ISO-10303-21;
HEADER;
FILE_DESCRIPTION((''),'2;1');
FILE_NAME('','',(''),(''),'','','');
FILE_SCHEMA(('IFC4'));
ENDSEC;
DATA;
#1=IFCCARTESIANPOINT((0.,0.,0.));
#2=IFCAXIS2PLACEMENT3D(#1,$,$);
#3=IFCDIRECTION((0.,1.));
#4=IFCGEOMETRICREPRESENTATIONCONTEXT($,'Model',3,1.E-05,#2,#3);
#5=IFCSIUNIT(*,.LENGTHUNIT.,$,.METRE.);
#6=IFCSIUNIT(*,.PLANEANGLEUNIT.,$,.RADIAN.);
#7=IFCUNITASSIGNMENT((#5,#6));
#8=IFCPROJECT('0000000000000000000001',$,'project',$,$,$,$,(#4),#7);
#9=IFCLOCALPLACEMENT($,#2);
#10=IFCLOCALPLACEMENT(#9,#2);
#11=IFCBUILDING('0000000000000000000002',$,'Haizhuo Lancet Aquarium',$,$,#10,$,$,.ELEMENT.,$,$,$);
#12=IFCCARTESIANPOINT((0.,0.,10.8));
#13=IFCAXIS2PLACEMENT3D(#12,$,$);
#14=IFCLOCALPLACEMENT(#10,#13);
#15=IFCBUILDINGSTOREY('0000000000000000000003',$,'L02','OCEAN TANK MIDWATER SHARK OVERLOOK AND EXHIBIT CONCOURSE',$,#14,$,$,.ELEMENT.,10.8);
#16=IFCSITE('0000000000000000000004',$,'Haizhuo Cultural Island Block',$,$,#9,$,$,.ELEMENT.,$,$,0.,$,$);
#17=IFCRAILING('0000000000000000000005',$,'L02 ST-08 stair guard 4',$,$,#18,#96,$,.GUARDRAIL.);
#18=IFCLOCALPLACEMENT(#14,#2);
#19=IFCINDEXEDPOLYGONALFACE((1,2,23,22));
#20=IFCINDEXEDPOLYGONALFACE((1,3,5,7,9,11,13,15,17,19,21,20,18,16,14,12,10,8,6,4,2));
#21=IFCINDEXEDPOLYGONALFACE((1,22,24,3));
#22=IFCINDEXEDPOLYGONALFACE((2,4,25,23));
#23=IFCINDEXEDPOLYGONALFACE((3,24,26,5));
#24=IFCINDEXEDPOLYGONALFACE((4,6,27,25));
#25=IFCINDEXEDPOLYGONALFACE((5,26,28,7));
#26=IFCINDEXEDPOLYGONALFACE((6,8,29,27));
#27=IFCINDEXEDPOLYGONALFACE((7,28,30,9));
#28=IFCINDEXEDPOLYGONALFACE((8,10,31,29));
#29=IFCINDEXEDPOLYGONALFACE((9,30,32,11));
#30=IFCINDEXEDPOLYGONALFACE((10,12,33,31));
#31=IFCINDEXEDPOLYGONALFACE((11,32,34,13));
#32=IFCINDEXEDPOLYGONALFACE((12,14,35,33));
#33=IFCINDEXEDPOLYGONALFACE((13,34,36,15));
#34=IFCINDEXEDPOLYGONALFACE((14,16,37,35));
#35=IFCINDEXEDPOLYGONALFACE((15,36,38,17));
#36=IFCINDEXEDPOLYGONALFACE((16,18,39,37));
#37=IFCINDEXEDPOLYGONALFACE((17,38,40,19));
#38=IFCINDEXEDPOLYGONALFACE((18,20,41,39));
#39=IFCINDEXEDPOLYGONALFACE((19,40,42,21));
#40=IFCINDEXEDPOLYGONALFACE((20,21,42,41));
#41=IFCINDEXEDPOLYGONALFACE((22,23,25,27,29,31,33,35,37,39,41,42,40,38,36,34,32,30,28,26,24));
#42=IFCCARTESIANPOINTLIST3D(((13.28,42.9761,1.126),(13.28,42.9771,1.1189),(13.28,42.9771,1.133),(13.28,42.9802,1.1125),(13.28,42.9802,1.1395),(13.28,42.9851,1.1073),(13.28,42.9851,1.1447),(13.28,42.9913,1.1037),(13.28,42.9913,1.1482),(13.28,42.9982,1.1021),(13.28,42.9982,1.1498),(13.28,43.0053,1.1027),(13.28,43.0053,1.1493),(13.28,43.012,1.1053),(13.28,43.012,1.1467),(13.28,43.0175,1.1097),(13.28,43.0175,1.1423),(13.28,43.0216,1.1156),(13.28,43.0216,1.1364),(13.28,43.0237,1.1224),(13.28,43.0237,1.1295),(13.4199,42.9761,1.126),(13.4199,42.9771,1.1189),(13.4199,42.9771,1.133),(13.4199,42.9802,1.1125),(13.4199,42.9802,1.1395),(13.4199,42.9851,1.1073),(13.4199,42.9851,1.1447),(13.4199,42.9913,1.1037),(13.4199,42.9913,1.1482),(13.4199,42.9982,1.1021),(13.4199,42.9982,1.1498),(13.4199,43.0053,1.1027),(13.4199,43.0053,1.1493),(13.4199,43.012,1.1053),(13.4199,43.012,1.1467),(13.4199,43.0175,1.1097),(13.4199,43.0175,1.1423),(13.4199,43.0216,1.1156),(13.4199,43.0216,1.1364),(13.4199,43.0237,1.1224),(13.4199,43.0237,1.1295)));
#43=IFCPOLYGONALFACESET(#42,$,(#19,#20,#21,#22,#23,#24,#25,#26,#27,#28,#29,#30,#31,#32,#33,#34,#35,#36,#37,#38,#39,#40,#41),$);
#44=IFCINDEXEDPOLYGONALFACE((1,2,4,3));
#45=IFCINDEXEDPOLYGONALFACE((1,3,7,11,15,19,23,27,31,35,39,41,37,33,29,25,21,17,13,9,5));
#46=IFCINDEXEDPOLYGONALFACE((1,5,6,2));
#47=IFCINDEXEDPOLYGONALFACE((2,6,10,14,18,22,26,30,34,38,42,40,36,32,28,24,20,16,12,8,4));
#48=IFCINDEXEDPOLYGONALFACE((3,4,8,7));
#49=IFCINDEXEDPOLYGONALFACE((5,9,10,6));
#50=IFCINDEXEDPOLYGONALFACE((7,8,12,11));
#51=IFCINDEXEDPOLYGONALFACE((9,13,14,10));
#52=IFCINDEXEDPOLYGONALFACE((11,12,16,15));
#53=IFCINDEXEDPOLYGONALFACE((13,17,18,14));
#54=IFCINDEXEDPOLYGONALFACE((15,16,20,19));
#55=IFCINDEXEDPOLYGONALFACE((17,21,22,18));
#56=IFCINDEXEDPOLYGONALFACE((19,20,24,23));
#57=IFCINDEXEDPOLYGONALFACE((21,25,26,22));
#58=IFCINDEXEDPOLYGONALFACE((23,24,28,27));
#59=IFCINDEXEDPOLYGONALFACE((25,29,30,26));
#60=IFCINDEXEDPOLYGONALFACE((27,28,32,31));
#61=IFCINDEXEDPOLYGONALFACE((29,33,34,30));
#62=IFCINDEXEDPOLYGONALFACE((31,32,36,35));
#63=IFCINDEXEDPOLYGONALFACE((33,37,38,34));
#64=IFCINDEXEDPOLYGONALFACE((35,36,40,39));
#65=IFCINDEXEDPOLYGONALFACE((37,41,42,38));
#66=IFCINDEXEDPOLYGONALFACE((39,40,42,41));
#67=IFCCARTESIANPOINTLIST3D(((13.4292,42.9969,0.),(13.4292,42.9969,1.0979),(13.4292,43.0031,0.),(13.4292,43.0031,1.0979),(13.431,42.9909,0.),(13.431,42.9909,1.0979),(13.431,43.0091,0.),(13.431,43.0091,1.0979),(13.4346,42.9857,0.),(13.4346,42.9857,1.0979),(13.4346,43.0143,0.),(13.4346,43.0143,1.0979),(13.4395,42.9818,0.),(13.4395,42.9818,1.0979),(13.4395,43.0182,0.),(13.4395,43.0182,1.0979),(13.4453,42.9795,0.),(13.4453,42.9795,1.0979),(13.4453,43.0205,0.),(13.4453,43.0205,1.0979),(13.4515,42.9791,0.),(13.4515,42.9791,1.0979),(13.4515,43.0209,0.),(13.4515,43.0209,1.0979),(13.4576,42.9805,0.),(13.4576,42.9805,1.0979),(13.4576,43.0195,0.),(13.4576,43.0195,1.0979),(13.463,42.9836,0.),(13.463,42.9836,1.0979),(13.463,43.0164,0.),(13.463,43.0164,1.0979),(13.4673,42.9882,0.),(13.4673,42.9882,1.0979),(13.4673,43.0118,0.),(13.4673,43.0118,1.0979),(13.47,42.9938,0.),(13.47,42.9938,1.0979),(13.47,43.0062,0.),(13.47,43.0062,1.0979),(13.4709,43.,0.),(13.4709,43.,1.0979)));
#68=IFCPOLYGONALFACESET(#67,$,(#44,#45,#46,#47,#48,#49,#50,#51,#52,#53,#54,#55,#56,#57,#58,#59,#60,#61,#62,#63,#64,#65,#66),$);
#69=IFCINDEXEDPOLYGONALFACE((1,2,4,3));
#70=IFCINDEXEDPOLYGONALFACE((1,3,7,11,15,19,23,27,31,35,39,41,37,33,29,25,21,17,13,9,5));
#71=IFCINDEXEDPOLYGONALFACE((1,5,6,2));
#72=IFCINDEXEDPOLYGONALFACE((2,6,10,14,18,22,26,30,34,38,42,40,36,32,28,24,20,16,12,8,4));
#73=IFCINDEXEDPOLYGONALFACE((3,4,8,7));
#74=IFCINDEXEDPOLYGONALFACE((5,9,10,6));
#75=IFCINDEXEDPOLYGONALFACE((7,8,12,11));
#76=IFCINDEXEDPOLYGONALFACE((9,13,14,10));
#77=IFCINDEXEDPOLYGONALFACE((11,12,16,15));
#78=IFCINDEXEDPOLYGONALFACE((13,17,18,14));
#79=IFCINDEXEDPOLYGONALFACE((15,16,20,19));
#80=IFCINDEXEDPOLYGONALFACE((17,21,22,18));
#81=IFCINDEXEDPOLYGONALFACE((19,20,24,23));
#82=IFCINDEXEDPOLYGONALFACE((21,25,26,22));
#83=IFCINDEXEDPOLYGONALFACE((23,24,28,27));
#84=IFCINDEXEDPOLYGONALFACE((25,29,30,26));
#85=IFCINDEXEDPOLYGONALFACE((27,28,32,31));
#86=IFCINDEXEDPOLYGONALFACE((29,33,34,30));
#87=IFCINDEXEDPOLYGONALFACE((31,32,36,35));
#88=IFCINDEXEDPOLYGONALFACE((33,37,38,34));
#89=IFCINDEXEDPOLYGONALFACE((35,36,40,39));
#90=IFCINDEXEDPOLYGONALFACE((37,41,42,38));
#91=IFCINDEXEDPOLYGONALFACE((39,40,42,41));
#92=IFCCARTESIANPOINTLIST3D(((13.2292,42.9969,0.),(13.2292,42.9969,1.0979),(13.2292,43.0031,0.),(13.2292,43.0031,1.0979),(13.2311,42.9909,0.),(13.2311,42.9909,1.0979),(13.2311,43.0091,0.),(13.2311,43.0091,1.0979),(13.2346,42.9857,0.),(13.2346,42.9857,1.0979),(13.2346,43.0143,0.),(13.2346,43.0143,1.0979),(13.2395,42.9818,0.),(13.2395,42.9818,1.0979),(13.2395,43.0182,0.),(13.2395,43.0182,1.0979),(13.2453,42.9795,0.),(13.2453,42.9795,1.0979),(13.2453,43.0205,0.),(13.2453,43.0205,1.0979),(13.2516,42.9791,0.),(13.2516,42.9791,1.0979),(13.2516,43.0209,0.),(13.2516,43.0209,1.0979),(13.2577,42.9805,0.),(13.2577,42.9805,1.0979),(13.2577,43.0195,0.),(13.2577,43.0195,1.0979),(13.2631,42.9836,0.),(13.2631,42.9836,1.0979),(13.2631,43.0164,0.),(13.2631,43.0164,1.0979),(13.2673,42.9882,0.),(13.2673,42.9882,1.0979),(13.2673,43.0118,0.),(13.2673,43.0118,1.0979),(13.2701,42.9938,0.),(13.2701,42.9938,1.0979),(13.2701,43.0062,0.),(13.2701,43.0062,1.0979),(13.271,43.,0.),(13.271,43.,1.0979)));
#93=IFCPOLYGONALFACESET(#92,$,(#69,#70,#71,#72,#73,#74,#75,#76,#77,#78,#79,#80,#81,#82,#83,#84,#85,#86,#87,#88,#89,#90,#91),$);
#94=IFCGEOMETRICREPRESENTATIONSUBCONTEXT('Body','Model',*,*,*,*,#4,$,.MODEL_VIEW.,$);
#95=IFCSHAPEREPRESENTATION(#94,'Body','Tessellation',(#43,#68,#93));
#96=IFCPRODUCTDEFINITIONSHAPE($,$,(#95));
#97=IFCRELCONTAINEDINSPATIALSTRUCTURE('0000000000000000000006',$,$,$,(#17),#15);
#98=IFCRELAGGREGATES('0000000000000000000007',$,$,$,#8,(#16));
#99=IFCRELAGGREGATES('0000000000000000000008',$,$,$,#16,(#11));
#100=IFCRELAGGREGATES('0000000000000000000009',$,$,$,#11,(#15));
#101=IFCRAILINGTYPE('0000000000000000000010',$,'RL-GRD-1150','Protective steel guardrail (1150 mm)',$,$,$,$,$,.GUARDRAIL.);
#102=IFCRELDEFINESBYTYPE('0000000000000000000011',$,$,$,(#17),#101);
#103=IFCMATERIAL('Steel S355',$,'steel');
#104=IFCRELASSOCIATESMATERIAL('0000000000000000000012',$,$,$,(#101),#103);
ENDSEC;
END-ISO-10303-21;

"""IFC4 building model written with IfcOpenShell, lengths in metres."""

from ifc_helpers import new_model, si_unit, direction, frame, origin, origin_2d, place, context, subcontext, project, spatial, circle, extrude, material, type_object, element, save


model = new_model("IFC4")

# Units and contexts
model_context = context("Model", 3, precision=1e-05, world=origin(), true_north=direction((0.0, 1.0)))
body_context = subcontext(model_context, "Body", "Model", "MODEL_VIEW")
ifc_project = project(units=[si_unit("LENGTHUNIT", "METRE"), si_unit("PLANEANGLEUNIT", "RADIAN")], contexts=[model_context])

# Site, building, storey
site_placement = place(None, origin())
site = spatial("IfcSite", under=ifc_project, at=site_placement, Name="Haizhuo Cultural Island Block", CompositionType="ELEMENT", RefElevation=0.0)
building_placement = place(site_placement, origin())
building = spatial("IfcBuilding", under=site, at=building_placement, Name="Haizhuo Lancet Aquarium", CompositionType="ELEMENT")
storey_placement = place(building_placement, frame((0.0, 0.0, 10.8)))
storey = spatial("IfcBuildingStorey", under=building, at=storey_placement, Name="L02", Description="OCEAN TANK MIDWATER SHARK OVERLOOK AND EXHIBIT CONCOURSE", CompositionType="ELEMENT", Elevation=10.8)

# Shared definitions
ifc_material_1 = material(Name="Steel S355", Category="steel")

# Railing
railing_type_1 = type_object("IfcRailingType", Name="RL-GRD-1150", Description="Protective steel guardrail (1150 mm)", PredefinedType="GUARDRAIL", material=ifc_material_1)
railing_1_placement = place(storey_placement, frame((13.45, 43.0, 0.0)))
element("IfcRailing", 1, at=railing_1_placement, inside=storey, type_object=railing_type_1, Name="L02 ST-08 stair guard 4", PredefinedType="GUARDRAIL", context=body_context, shape_type="SweptSolid", body=[
    extrude(circle(Radius=0.0239, at=origin_2d()), frame((-0.03, 0.0, 1.126), z_axis=(-1.0, 0.0, 0.0), x_axis=(0.0, -1.0, 0.0)), (0.0, 0.0, 1.0), 0.1399),
    extrude(circle(Radius=0.021, at=origin_2d()), origin(), (0.0, 0.0, 1.0), 1.0979),
    extrude(circle(Radius=0.021, at=origin_2d()), frame((-0.2, 0.0, 0.0)), (0.0, 0.0, 1.0), 1.0979),
])

save(model, "model.ifc")
